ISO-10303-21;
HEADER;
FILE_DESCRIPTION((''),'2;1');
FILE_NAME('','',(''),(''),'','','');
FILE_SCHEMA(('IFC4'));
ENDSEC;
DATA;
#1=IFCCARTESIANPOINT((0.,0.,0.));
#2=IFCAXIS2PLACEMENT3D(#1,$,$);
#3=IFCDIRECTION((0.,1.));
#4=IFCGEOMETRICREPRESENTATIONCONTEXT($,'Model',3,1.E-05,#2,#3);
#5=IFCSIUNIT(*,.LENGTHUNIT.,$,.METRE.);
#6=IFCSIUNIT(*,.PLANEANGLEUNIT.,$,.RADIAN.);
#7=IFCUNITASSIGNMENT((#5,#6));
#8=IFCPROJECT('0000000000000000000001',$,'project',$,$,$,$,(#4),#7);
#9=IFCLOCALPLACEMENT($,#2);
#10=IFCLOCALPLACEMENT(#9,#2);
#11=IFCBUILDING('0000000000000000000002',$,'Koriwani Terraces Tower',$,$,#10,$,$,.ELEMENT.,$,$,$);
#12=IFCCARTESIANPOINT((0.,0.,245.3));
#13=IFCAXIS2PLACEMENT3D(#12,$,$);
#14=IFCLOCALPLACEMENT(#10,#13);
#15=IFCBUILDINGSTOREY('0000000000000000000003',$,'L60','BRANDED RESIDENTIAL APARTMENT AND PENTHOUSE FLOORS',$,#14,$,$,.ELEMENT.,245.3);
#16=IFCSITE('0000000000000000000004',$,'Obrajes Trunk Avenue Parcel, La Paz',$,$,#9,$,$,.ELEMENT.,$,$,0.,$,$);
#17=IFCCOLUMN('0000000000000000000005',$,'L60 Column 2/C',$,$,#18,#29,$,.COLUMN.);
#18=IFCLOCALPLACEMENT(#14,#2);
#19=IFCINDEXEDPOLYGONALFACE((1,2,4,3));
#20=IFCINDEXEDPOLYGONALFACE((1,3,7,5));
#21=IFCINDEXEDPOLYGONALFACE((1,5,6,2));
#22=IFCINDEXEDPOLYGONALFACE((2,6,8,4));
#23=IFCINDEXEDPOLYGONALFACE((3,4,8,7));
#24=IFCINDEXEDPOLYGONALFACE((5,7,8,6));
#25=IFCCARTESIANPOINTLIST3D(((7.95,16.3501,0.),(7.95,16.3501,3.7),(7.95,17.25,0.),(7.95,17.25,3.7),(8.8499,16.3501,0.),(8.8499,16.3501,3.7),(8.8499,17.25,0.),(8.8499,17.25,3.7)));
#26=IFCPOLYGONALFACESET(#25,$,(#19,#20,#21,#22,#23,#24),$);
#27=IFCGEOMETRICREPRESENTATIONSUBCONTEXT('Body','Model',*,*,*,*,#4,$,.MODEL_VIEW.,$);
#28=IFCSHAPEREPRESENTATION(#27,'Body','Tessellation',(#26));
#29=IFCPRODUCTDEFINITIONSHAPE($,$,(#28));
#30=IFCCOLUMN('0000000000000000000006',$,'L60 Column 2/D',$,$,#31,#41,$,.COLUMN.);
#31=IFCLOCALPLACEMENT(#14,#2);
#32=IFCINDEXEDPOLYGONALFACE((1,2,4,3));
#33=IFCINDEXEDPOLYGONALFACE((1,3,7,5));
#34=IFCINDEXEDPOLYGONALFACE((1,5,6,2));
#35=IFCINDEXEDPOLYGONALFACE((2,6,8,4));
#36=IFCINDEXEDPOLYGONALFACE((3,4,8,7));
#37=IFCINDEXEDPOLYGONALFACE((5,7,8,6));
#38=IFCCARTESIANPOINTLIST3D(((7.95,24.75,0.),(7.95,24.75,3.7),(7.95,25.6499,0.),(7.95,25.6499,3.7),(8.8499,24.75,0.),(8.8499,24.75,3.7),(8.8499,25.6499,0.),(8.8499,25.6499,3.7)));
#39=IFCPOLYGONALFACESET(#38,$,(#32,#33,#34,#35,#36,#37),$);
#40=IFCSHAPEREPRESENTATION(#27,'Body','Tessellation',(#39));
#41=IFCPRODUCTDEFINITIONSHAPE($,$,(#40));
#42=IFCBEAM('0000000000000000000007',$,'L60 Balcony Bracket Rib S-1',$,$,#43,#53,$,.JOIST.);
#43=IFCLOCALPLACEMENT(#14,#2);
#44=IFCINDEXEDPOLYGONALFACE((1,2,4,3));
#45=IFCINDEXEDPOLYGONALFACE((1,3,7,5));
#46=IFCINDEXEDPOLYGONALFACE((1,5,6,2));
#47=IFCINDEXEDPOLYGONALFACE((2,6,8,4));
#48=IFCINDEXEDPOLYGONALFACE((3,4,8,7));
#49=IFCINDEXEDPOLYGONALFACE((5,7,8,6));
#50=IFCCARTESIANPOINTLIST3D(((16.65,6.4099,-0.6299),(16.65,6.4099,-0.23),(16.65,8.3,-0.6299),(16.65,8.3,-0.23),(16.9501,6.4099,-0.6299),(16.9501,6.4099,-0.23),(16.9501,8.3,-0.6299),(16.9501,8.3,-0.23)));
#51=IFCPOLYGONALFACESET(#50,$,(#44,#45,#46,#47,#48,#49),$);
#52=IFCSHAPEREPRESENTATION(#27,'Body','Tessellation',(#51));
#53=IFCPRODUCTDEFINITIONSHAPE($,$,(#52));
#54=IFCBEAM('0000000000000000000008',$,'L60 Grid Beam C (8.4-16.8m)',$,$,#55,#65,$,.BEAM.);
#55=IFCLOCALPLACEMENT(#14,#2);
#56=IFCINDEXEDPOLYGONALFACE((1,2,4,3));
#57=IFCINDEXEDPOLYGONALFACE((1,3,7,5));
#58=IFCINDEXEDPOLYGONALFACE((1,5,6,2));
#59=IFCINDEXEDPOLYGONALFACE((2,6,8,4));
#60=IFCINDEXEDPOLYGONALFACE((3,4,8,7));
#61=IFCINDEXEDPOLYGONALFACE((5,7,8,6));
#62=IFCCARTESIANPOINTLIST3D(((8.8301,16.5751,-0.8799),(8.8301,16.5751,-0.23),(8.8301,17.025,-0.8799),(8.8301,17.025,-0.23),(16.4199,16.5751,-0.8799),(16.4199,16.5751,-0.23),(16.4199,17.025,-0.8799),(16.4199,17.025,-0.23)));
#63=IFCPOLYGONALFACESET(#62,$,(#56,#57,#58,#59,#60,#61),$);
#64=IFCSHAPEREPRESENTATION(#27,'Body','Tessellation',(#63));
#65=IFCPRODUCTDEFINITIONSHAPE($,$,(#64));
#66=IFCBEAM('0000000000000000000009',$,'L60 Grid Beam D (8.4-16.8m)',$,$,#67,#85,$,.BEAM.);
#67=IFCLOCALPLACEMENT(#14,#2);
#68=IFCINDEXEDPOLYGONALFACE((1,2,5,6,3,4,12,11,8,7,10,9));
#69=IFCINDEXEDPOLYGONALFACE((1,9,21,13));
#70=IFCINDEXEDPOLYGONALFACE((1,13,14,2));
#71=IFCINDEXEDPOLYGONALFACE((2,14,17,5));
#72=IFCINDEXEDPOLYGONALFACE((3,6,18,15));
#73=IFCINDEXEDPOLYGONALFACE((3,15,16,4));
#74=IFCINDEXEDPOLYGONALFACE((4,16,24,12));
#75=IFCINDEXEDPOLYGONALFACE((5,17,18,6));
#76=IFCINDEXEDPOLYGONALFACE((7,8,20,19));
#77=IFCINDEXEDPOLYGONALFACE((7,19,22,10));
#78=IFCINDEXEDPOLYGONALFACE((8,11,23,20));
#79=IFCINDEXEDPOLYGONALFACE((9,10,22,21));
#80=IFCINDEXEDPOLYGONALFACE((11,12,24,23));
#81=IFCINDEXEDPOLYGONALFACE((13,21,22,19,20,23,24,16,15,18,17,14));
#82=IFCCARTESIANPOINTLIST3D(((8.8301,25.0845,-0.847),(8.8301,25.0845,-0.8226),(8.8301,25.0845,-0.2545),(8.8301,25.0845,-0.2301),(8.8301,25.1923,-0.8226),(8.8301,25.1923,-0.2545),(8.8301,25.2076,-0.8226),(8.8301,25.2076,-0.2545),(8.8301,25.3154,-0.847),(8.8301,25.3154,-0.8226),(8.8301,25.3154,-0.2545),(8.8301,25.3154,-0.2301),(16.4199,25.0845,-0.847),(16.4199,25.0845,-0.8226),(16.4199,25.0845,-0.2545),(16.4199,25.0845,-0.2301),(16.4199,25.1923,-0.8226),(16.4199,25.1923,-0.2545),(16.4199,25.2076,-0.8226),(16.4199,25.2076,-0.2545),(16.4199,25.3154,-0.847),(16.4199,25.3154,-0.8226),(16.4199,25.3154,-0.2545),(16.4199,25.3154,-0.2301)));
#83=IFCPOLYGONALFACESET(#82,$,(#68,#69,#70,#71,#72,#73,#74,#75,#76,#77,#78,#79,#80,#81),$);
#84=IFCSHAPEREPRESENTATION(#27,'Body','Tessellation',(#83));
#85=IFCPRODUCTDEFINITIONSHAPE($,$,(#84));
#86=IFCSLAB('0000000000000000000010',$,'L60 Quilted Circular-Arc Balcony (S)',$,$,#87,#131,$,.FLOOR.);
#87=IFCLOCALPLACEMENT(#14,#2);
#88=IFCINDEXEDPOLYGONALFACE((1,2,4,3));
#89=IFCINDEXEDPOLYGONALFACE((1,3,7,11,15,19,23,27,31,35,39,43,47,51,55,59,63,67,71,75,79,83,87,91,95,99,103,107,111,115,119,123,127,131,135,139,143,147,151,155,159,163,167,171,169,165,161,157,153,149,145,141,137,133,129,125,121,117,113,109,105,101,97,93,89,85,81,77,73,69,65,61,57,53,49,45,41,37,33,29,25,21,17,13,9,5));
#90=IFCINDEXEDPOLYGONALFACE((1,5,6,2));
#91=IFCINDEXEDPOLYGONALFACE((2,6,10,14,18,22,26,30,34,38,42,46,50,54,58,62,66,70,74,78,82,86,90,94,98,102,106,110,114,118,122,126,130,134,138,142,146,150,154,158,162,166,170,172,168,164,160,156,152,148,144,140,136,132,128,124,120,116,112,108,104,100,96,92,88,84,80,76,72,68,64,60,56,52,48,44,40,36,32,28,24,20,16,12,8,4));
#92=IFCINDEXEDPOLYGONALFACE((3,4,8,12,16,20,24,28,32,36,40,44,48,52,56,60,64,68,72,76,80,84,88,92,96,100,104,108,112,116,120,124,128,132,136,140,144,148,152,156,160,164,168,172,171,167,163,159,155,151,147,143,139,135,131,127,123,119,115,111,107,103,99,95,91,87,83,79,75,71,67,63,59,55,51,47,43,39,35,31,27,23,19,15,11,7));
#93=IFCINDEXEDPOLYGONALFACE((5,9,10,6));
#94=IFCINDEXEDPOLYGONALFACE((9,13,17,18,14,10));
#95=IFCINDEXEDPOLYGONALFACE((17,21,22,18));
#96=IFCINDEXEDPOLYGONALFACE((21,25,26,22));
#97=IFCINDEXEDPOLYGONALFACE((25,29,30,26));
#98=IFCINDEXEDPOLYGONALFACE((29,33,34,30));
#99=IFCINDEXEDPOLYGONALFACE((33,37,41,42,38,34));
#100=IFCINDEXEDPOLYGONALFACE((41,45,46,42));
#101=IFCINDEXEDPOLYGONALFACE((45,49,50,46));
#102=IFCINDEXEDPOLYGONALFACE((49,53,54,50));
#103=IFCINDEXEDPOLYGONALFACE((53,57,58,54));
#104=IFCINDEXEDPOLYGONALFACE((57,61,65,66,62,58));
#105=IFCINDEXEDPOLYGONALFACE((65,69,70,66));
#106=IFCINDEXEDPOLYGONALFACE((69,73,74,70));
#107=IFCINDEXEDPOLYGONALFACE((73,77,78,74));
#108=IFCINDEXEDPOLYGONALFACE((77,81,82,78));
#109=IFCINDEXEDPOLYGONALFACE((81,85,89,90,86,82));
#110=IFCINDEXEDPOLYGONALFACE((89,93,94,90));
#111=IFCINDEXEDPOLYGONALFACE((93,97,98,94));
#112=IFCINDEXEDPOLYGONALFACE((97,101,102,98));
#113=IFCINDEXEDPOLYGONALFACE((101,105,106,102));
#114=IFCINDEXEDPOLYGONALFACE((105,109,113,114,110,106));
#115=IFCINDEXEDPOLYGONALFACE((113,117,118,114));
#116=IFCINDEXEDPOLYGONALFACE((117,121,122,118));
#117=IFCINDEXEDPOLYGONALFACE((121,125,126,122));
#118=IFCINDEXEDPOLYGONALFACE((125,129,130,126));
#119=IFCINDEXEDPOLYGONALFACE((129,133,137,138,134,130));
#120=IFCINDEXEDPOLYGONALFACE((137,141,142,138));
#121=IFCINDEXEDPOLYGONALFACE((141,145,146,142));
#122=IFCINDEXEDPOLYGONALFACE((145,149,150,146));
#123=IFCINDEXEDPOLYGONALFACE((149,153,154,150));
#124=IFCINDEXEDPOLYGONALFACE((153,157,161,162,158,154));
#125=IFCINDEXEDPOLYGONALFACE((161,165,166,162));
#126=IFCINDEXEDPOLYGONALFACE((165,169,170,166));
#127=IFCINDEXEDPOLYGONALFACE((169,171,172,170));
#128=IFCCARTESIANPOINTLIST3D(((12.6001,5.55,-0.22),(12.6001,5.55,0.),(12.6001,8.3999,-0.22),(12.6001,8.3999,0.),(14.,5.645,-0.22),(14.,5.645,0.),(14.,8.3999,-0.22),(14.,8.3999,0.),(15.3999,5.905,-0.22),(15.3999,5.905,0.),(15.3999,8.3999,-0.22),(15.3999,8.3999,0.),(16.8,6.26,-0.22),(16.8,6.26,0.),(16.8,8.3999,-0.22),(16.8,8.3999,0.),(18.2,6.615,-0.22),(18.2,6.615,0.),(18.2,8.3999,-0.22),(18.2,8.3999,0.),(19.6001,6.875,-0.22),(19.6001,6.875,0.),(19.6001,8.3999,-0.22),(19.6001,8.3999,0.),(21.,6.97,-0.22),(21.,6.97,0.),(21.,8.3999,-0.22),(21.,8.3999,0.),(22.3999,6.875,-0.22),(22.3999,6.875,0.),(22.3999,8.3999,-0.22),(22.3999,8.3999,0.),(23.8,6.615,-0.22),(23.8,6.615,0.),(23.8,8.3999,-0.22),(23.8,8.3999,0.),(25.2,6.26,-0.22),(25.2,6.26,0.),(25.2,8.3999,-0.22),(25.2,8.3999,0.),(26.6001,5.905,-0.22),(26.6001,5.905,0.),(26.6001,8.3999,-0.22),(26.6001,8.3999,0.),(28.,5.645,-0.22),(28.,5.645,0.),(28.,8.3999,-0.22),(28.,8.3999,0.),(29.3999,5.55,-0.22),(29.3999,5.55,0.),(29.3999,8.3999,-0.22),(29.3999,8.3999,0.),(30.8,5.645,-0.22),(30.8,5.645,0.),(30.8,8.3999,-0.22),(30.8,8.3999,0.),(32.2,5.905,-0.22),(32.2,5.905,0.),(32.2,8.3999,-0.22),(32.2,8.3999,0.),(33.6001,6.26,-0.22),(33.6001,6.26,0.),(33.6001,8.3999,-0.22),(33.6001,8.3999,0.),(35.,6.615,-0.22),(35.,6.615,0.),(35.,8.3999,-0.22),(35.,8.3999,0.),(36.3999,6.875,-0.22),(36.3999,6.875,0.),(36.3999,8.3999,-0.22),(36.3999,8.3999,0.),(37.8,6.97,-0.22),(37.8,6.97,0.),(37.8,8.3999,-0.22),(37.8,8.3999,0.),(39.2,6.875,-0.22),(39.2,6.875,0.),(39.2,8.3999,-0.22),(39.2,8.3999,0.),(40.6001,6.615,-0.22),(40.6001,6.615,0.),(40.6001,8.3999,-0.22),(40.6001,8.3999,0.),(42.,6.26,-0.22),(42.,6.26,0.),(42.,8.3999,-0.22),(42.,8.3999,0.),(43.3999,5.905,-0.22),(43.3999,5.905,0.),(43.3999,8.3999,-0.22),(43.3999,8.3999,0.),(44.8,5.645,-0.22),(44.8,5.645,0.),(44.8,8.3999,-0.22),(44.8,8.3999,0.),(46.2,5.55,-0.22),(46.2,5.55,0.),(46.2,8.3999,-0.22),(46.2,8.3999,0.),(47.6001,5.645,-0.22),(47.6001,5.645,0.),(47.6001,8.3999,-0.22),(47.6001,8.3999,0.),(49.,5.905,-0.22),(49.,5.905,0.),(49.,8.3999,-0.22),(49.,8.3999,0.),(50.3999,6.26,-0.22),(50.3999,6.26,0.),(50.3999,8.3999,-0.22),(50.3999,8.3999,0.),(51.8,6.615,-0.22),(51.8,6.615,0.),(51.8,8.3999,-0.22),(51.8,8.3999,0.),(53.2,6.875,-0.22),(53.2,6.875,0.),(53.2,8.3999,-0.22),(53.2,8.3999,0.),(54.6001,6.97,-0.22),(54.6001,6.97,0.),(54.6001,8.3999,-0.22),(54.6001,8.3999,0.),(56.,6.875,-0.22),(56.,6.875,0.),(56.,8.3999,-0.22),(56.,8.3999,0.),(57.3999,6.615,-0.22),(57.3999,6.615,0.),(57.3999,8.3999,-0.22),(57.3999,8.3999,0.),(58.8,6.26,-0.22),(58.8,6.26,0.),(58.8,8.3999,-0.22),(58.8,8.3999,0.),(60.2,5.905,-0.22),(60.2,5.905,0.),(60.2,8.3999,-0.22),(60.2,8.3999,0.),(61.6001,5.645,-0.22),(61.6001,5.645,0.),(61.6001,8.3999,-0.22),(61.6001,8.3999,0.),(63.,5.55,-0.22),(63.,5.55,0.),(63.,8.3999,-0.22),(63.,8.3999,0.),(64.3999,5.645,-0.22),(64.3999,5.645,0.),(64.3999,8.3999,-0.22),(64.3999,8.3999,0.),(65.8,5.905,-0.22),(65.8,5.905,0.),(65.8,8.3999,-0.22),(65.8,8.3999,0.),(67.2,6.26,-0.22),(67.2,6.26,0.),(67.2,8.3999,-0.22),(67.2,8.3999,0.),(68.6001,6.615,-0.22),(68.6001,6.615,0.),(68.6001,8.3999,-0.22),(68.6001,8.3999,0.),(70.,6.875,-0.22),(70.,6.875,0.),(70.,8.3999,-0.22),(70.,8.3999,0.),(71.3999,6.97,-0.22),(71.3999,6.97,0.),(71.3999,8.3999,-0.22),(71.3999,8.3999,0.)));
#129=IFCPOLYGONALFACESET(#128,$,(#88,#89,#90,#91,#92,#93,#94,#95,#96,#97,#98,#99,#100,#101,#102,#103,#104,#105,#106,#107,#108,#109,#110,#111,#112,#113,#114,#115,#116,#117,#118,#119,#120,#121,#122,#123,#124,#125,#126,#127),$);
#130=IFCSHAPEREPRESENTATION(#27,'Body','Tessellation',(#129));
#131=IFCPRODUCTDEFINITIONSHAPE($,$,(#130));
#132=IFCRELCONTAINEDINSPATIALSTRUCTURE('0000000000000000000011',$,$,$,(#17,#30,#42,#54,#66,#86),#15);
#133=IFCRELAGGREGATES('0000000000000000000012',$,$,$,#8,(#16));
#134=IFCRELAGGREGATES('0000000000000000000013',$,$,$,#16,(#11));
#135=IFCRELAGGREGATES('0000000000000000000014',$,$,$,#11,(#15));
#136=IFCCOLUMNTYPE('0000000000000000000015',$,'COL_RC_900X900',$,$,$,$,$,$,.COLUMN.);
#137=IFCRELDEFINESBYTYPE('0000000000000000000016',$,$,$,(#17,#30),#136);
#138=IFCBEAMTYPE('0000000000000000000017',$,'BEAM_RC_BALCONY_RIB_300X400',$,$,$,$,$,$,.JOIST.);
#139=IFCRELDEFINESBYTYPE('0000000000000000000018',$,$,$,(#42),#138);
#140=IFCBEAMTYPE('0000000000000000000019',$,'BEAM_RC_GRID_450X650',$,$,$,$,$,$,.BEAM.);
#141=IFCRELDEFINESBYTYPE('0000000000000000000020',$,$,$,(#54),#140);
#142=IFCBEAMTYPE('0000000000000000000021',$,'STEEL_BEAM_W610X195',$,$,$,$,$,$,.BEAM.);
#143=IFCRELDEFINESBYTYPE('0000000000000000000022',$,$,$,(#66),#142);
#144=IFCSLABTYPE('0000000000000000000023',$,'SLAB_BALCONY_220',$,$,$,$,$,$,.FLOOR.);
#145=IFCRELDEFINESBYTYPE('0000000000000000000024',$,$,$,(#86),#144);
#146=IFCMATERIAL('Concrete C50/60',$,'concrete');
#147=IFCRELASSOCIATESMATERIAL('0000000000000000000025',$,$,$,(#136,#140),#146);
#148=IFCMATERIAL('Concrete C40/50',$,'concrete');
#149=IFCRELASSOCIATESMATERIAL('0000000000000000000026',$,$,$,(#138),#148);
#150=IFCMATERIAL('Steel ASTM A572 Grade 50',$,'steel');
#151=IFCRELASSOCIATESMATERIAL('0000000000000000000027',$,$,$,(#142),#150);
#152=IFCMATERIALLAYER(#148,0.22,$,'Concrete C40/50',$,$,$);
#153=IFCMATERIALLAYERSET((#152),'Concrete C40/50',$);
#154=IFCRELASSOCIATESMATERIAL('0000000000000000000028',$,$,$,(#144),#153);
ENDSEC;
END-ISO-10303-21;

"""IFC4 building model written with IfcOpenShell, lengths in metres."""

from ifc_helpers import new_model, si_unit, direction, frame, origin, origin_2d, place, context, subcontext, project, spatial, polyline, rectangle, i_section, outline, extrude, material, layer, layer_set, material_profile, profile_set, type_object, element, save


model = new_model("IFC4")

# Units and contexts
model_context = context("Model", 3, precision=1e-05, world=origin(), true_north=direction((0.0, 1.0)))
body_context = subcontext(model_context, "Body", "Model", "MODEL_VIEW")
ifc_project = project(units=[si_unit("LENGTHUNIT", "METRE"), si_unit("PLANEANGLEUNIT", "RADIAN")], contexts=[model_context])

# Site, building, storey
site_placement = place(None, origin())
site = spatial("IfcSite", under=ifc_project, at=site_placement, Name="Obrajes Trunk Avenue Parcel, La Paz", CompositionType="ELEMENT", RefElevation=0.0)
building_placement = place(site_placement, origin())
building = spatial("IfcBuilding", under=site, at=building_placement, Name="Koriwani Terraces Tower", CompositionType="ELEMENT")
storey_placement = place(building_placement, frame((0.0, 0.0, 245.3)))
storey = spatial("IfcBuildingStorey", under=building, at=storey_placement, Name="L60", Description="BRANDED RESIDENTIAL APARTMENT AND PENTHOUSE FLOORS", CompositionType="ELEMENT", Elevation=245.3)

# Columns
ifc_material_1 = material(Name="Concrete C50/60", Category="concrete")
ifc_material_profile_1 = material_profile(ifc_material_1, rectangle(XDim=0.8999, YDim=0.8999, at=origin_2d()), Name="Concrete C50/60", Category="LoadBearing")
ifc_profile_set_1 = profile_set([ifc_material_profile_1], Name="Concrete C50/60")
column_type = type_object("IfcColumnType", Name="COL_RC_900X900", PredefinedType="COLUMN", material=ifc_profile_set_1)
for number, where, z_axis, x_axis, name in (
    (1, (8.3999, 16.8, 0.0), (0.0, 0.0, 1.0), (1.0, 0.0, 0.0), "L60 Column 2/C"),
    (2, (8.3999, 25.2, 0.0), (0.0, 0.0, 1.0), (1.0, 0.0, 0.0), "L60 Column 2/D"),
):
    element("IfcColumn", number, at=place(storey_placement, frame(where, z_axis=z_axis, x_axis=x_axis)), inside=storey, type_object=column_type, Name=name, PredefinedType="COLUMN", context=body_context, shape_type="SweptSolid", body=[
        extrude(rectangle(XDim=0.8999, YDim=0.8999, at=origin_2d()), origin(), (0.0, 0.0, 1.0), 3.7),
    ])

# Beams
ifc_material_2 = material(Name="Concrete C40/50", Category="concrete")
ifc_material_profile_2 = material_profile(ifc_material_2, rectangle(XDim=0.3, YDim=0.3999, at=origin_2d()), Name="Concrete C40/50", Category="LoadBearing")
ifc_profile_set_2 = profile_set([ifc_material_profile_2], Name="Concrete C40/50")
beam_type_1 = type_object("IfcBeamType", Name="BEAM_RC_BALCONY_RIB_300X400", PredefinedType="JOIST", material=ifc_profile_set_2)
beam_1_placement = place(storey_placement, frame((16.8, 6.4099, -0.4299), z_axis=(0.0, 1.0, 0.0), x_axis=(-1.0, 0.0, 0.0)))
element("IfcBeam", 3, at=beam_1_placement, inside=storey, type_object=beam_type_1, Name="L60 Balcony Bracket Rib S-1", PredefinedType="JOIST", context=body_context, shape_type="SweptSolid", body=[
    extrude(rectangle(XDim=0.3, YDim=0.3999, at=origin_2d()), origin(), (0.0, 0.0, 1.0), 1.8901),
])
ifc_material_profile_3 = material_profile(ifc_material_1, rectangle(XDim=0.45, YDim=0.6499, at=origin_2d()), Name="Concrete C50/60", Category="LoadBearing")
ifc_profile_set_3 = profile_set([ifc_material_profile_3], Name="Concrete C50/60")
beam_type_2 = type_object("IfcBeamType", Name="BEAM_RC_GRID_450X650", PredefinedType="BEAM", material=ifc_profile_set_3)
beam_2_placement = place(storey_placement, frame((8.8301, 16.8, -0.5549), z_axis=(1.0, 0.0, 0.0), x_axis=(0.0, 1.0, 0.0)))
element("IfcBeam", 4, at=beam_2_placement, inside=storey, type_object=beam_type_2, Name="L60 Grid Beam C (8.4-16.8m)", PredefinedType="BEAM", context=body_context, shape_type="SweptSolid", body=[
    extrude(rectangle(XDim=0.45, YDim=0.6499, at=origin_2d()), origin(), (0.0, 0.0, 1.0), 7.5898),
])
ifc_material_3 = material(Name="Steel ASTM A572 Grade 50", Category="steel")
ifc_material_profile_4 = material_profile(ifc_material_3, i_section(OverallWidth=0.231, OverallDepth=0.6169, WebThickness=0.0154, FlangeThickness=0.0244, at=origin_2d()), Name="Steel ASTM A572 Grade 50", Category="LoadBearing")
ifc_profile_set_4 = profile_set([ifc_material_profile_4], Name="Steel ASTM A572 Grade 50")
beam_type_3 = type_object("IfcBeamType", Name="STEEL_BEAM_W610X195", PredefinedType="BEAM", material=ifc_profile_set_4)
beam_3_placement = place(storey_placement, frame((8.8301, 25.2, -0.5386), z_axis=(1.0, 0.0, 0.0), x_axis=(0.0, 1.0, 0.0)))
element("IfcBeam", 5, at=beam_3_placement, inside=storey, type_object=beam_type_3, Name="L60 Grid Beam D (8.4-16.8m)", PredefinedType="BEAM", context=body_context, shape_type="SweptSolid", body=[
    extrude(i_section(OverallWidth=0.231, OverallDepth=0.6169, WebThickness=0.0154, FlangeThickness=0.0244, at=origin_2d()), origin(), (0.0, 0.0, 1.0), 7.5898),
])

# Slab
ifc_layer_1 = layer(ifc_material_2, 0.22, Name="Concrete C40/50")
ifc_layer_set_1 = layer_set([ifc_layer_1], Name="Concrete C40/50")
slab_type_1 = type_object("IfcSlabType", Name="SLAB_BALCONY_220", PredefinedType="FLOOR", material=ifc_layer_set_1)
slab_1_placement = place(storey_placement, frame((0.0, 0.0, -0.22)))
element("IfcSlab", 6, at=slab_1_placement, inside=storey, type_object=slab_type_1, Name="L60 Quilted Circular-Arc Balcony (S)", PredefinedType="FLOOR", context=body_context, shape_type="SweptSolid", body=[
    extrude(outline(polyline([(12.6001, 8.3999), (14.0, 8.3999), (15.3999, 8.3999), (16.8, 8.3999), (18.2, 8.3999), (19.6001, 8.3999), (21.0, 8.3999), (22.3999, 8.3999), (23.8, 8.3999), (25.2, 8.3999), (26.6001, 8.3999), (28.0, 8.3999), (29.3999, 8.3999), (30.8, 8.3999), (32.2, 8.3999), (33.6001, 8.3999), (35.0, 8.3999), (36.3999, 8.3999), (37.8, 8.3999), (39.2, 8.3999), (40.6001, 8.3999), (42.0, 8.3999), (43.3999, 8.3999), (44.8, 8.3999), (46.2, 8.3999), (47.6001, 8.3999), (49.0, 8.3999), (50.3999, 8.3999), (51.8, 8.3999), (53.2, 8.3999), (54.6001, 8.3999), (56.0, 8.3999), (57.3999, 8.3999), (58.8, 8.3999), (60.2, 8.3999), (61.6001, 8.3999), (63.0, 8.3999), (64.3999, 8.3999), (65.8, 8.3999), (67.2, 8.3999), (68.6001, 8.3999), (70.0, 8.3999), (71.3999, 8.3999), (71.3999, 6.97), (70.0, 6.875), (68.6001, 6.615), (67.2, 6.26), (65.8, 5.905), (64.3999, 5.645), (63.0, 5.55), (61.6001, 5.645), (60.2, 5.905), (58.8, 6.26), (57.3999, 6.615), (56.0, 6.875), (54.6001, 6.97), (53.2, 6.875), (51.8, 6.615), (50.3999, 6.26), (49.0, 5.905), (47.6001, 5.645), (46.2, 5.55), (44.8, 5.645), (43.3999, 5.905), (42.0, 6.26), (40.6001, 6.615), (39.2, 6.875), (37.8, 6.97), (36.3999, 6.875), (35.0, 6.615), (33.6001, 6.26), (32.2, 5.905), (30.8, 5.645), (29.3999, 5.55), (28.0, 5.645), (26.6001, 5.905), (25.2, 6.26), (23.8, 6.615), (22.3999, 6.875), (21.0, 6.97), (19.6001, 6.875), (18.2, 6.615), (16.8, 6.26), (15.3999, 5.905), (14.0, 5.645), (12.6001, 5.55), (12.6001, 8.3999)])), origin(), (0.0, 0.0, 1.0), 0.22),
])

save(model, "model.ifc")
